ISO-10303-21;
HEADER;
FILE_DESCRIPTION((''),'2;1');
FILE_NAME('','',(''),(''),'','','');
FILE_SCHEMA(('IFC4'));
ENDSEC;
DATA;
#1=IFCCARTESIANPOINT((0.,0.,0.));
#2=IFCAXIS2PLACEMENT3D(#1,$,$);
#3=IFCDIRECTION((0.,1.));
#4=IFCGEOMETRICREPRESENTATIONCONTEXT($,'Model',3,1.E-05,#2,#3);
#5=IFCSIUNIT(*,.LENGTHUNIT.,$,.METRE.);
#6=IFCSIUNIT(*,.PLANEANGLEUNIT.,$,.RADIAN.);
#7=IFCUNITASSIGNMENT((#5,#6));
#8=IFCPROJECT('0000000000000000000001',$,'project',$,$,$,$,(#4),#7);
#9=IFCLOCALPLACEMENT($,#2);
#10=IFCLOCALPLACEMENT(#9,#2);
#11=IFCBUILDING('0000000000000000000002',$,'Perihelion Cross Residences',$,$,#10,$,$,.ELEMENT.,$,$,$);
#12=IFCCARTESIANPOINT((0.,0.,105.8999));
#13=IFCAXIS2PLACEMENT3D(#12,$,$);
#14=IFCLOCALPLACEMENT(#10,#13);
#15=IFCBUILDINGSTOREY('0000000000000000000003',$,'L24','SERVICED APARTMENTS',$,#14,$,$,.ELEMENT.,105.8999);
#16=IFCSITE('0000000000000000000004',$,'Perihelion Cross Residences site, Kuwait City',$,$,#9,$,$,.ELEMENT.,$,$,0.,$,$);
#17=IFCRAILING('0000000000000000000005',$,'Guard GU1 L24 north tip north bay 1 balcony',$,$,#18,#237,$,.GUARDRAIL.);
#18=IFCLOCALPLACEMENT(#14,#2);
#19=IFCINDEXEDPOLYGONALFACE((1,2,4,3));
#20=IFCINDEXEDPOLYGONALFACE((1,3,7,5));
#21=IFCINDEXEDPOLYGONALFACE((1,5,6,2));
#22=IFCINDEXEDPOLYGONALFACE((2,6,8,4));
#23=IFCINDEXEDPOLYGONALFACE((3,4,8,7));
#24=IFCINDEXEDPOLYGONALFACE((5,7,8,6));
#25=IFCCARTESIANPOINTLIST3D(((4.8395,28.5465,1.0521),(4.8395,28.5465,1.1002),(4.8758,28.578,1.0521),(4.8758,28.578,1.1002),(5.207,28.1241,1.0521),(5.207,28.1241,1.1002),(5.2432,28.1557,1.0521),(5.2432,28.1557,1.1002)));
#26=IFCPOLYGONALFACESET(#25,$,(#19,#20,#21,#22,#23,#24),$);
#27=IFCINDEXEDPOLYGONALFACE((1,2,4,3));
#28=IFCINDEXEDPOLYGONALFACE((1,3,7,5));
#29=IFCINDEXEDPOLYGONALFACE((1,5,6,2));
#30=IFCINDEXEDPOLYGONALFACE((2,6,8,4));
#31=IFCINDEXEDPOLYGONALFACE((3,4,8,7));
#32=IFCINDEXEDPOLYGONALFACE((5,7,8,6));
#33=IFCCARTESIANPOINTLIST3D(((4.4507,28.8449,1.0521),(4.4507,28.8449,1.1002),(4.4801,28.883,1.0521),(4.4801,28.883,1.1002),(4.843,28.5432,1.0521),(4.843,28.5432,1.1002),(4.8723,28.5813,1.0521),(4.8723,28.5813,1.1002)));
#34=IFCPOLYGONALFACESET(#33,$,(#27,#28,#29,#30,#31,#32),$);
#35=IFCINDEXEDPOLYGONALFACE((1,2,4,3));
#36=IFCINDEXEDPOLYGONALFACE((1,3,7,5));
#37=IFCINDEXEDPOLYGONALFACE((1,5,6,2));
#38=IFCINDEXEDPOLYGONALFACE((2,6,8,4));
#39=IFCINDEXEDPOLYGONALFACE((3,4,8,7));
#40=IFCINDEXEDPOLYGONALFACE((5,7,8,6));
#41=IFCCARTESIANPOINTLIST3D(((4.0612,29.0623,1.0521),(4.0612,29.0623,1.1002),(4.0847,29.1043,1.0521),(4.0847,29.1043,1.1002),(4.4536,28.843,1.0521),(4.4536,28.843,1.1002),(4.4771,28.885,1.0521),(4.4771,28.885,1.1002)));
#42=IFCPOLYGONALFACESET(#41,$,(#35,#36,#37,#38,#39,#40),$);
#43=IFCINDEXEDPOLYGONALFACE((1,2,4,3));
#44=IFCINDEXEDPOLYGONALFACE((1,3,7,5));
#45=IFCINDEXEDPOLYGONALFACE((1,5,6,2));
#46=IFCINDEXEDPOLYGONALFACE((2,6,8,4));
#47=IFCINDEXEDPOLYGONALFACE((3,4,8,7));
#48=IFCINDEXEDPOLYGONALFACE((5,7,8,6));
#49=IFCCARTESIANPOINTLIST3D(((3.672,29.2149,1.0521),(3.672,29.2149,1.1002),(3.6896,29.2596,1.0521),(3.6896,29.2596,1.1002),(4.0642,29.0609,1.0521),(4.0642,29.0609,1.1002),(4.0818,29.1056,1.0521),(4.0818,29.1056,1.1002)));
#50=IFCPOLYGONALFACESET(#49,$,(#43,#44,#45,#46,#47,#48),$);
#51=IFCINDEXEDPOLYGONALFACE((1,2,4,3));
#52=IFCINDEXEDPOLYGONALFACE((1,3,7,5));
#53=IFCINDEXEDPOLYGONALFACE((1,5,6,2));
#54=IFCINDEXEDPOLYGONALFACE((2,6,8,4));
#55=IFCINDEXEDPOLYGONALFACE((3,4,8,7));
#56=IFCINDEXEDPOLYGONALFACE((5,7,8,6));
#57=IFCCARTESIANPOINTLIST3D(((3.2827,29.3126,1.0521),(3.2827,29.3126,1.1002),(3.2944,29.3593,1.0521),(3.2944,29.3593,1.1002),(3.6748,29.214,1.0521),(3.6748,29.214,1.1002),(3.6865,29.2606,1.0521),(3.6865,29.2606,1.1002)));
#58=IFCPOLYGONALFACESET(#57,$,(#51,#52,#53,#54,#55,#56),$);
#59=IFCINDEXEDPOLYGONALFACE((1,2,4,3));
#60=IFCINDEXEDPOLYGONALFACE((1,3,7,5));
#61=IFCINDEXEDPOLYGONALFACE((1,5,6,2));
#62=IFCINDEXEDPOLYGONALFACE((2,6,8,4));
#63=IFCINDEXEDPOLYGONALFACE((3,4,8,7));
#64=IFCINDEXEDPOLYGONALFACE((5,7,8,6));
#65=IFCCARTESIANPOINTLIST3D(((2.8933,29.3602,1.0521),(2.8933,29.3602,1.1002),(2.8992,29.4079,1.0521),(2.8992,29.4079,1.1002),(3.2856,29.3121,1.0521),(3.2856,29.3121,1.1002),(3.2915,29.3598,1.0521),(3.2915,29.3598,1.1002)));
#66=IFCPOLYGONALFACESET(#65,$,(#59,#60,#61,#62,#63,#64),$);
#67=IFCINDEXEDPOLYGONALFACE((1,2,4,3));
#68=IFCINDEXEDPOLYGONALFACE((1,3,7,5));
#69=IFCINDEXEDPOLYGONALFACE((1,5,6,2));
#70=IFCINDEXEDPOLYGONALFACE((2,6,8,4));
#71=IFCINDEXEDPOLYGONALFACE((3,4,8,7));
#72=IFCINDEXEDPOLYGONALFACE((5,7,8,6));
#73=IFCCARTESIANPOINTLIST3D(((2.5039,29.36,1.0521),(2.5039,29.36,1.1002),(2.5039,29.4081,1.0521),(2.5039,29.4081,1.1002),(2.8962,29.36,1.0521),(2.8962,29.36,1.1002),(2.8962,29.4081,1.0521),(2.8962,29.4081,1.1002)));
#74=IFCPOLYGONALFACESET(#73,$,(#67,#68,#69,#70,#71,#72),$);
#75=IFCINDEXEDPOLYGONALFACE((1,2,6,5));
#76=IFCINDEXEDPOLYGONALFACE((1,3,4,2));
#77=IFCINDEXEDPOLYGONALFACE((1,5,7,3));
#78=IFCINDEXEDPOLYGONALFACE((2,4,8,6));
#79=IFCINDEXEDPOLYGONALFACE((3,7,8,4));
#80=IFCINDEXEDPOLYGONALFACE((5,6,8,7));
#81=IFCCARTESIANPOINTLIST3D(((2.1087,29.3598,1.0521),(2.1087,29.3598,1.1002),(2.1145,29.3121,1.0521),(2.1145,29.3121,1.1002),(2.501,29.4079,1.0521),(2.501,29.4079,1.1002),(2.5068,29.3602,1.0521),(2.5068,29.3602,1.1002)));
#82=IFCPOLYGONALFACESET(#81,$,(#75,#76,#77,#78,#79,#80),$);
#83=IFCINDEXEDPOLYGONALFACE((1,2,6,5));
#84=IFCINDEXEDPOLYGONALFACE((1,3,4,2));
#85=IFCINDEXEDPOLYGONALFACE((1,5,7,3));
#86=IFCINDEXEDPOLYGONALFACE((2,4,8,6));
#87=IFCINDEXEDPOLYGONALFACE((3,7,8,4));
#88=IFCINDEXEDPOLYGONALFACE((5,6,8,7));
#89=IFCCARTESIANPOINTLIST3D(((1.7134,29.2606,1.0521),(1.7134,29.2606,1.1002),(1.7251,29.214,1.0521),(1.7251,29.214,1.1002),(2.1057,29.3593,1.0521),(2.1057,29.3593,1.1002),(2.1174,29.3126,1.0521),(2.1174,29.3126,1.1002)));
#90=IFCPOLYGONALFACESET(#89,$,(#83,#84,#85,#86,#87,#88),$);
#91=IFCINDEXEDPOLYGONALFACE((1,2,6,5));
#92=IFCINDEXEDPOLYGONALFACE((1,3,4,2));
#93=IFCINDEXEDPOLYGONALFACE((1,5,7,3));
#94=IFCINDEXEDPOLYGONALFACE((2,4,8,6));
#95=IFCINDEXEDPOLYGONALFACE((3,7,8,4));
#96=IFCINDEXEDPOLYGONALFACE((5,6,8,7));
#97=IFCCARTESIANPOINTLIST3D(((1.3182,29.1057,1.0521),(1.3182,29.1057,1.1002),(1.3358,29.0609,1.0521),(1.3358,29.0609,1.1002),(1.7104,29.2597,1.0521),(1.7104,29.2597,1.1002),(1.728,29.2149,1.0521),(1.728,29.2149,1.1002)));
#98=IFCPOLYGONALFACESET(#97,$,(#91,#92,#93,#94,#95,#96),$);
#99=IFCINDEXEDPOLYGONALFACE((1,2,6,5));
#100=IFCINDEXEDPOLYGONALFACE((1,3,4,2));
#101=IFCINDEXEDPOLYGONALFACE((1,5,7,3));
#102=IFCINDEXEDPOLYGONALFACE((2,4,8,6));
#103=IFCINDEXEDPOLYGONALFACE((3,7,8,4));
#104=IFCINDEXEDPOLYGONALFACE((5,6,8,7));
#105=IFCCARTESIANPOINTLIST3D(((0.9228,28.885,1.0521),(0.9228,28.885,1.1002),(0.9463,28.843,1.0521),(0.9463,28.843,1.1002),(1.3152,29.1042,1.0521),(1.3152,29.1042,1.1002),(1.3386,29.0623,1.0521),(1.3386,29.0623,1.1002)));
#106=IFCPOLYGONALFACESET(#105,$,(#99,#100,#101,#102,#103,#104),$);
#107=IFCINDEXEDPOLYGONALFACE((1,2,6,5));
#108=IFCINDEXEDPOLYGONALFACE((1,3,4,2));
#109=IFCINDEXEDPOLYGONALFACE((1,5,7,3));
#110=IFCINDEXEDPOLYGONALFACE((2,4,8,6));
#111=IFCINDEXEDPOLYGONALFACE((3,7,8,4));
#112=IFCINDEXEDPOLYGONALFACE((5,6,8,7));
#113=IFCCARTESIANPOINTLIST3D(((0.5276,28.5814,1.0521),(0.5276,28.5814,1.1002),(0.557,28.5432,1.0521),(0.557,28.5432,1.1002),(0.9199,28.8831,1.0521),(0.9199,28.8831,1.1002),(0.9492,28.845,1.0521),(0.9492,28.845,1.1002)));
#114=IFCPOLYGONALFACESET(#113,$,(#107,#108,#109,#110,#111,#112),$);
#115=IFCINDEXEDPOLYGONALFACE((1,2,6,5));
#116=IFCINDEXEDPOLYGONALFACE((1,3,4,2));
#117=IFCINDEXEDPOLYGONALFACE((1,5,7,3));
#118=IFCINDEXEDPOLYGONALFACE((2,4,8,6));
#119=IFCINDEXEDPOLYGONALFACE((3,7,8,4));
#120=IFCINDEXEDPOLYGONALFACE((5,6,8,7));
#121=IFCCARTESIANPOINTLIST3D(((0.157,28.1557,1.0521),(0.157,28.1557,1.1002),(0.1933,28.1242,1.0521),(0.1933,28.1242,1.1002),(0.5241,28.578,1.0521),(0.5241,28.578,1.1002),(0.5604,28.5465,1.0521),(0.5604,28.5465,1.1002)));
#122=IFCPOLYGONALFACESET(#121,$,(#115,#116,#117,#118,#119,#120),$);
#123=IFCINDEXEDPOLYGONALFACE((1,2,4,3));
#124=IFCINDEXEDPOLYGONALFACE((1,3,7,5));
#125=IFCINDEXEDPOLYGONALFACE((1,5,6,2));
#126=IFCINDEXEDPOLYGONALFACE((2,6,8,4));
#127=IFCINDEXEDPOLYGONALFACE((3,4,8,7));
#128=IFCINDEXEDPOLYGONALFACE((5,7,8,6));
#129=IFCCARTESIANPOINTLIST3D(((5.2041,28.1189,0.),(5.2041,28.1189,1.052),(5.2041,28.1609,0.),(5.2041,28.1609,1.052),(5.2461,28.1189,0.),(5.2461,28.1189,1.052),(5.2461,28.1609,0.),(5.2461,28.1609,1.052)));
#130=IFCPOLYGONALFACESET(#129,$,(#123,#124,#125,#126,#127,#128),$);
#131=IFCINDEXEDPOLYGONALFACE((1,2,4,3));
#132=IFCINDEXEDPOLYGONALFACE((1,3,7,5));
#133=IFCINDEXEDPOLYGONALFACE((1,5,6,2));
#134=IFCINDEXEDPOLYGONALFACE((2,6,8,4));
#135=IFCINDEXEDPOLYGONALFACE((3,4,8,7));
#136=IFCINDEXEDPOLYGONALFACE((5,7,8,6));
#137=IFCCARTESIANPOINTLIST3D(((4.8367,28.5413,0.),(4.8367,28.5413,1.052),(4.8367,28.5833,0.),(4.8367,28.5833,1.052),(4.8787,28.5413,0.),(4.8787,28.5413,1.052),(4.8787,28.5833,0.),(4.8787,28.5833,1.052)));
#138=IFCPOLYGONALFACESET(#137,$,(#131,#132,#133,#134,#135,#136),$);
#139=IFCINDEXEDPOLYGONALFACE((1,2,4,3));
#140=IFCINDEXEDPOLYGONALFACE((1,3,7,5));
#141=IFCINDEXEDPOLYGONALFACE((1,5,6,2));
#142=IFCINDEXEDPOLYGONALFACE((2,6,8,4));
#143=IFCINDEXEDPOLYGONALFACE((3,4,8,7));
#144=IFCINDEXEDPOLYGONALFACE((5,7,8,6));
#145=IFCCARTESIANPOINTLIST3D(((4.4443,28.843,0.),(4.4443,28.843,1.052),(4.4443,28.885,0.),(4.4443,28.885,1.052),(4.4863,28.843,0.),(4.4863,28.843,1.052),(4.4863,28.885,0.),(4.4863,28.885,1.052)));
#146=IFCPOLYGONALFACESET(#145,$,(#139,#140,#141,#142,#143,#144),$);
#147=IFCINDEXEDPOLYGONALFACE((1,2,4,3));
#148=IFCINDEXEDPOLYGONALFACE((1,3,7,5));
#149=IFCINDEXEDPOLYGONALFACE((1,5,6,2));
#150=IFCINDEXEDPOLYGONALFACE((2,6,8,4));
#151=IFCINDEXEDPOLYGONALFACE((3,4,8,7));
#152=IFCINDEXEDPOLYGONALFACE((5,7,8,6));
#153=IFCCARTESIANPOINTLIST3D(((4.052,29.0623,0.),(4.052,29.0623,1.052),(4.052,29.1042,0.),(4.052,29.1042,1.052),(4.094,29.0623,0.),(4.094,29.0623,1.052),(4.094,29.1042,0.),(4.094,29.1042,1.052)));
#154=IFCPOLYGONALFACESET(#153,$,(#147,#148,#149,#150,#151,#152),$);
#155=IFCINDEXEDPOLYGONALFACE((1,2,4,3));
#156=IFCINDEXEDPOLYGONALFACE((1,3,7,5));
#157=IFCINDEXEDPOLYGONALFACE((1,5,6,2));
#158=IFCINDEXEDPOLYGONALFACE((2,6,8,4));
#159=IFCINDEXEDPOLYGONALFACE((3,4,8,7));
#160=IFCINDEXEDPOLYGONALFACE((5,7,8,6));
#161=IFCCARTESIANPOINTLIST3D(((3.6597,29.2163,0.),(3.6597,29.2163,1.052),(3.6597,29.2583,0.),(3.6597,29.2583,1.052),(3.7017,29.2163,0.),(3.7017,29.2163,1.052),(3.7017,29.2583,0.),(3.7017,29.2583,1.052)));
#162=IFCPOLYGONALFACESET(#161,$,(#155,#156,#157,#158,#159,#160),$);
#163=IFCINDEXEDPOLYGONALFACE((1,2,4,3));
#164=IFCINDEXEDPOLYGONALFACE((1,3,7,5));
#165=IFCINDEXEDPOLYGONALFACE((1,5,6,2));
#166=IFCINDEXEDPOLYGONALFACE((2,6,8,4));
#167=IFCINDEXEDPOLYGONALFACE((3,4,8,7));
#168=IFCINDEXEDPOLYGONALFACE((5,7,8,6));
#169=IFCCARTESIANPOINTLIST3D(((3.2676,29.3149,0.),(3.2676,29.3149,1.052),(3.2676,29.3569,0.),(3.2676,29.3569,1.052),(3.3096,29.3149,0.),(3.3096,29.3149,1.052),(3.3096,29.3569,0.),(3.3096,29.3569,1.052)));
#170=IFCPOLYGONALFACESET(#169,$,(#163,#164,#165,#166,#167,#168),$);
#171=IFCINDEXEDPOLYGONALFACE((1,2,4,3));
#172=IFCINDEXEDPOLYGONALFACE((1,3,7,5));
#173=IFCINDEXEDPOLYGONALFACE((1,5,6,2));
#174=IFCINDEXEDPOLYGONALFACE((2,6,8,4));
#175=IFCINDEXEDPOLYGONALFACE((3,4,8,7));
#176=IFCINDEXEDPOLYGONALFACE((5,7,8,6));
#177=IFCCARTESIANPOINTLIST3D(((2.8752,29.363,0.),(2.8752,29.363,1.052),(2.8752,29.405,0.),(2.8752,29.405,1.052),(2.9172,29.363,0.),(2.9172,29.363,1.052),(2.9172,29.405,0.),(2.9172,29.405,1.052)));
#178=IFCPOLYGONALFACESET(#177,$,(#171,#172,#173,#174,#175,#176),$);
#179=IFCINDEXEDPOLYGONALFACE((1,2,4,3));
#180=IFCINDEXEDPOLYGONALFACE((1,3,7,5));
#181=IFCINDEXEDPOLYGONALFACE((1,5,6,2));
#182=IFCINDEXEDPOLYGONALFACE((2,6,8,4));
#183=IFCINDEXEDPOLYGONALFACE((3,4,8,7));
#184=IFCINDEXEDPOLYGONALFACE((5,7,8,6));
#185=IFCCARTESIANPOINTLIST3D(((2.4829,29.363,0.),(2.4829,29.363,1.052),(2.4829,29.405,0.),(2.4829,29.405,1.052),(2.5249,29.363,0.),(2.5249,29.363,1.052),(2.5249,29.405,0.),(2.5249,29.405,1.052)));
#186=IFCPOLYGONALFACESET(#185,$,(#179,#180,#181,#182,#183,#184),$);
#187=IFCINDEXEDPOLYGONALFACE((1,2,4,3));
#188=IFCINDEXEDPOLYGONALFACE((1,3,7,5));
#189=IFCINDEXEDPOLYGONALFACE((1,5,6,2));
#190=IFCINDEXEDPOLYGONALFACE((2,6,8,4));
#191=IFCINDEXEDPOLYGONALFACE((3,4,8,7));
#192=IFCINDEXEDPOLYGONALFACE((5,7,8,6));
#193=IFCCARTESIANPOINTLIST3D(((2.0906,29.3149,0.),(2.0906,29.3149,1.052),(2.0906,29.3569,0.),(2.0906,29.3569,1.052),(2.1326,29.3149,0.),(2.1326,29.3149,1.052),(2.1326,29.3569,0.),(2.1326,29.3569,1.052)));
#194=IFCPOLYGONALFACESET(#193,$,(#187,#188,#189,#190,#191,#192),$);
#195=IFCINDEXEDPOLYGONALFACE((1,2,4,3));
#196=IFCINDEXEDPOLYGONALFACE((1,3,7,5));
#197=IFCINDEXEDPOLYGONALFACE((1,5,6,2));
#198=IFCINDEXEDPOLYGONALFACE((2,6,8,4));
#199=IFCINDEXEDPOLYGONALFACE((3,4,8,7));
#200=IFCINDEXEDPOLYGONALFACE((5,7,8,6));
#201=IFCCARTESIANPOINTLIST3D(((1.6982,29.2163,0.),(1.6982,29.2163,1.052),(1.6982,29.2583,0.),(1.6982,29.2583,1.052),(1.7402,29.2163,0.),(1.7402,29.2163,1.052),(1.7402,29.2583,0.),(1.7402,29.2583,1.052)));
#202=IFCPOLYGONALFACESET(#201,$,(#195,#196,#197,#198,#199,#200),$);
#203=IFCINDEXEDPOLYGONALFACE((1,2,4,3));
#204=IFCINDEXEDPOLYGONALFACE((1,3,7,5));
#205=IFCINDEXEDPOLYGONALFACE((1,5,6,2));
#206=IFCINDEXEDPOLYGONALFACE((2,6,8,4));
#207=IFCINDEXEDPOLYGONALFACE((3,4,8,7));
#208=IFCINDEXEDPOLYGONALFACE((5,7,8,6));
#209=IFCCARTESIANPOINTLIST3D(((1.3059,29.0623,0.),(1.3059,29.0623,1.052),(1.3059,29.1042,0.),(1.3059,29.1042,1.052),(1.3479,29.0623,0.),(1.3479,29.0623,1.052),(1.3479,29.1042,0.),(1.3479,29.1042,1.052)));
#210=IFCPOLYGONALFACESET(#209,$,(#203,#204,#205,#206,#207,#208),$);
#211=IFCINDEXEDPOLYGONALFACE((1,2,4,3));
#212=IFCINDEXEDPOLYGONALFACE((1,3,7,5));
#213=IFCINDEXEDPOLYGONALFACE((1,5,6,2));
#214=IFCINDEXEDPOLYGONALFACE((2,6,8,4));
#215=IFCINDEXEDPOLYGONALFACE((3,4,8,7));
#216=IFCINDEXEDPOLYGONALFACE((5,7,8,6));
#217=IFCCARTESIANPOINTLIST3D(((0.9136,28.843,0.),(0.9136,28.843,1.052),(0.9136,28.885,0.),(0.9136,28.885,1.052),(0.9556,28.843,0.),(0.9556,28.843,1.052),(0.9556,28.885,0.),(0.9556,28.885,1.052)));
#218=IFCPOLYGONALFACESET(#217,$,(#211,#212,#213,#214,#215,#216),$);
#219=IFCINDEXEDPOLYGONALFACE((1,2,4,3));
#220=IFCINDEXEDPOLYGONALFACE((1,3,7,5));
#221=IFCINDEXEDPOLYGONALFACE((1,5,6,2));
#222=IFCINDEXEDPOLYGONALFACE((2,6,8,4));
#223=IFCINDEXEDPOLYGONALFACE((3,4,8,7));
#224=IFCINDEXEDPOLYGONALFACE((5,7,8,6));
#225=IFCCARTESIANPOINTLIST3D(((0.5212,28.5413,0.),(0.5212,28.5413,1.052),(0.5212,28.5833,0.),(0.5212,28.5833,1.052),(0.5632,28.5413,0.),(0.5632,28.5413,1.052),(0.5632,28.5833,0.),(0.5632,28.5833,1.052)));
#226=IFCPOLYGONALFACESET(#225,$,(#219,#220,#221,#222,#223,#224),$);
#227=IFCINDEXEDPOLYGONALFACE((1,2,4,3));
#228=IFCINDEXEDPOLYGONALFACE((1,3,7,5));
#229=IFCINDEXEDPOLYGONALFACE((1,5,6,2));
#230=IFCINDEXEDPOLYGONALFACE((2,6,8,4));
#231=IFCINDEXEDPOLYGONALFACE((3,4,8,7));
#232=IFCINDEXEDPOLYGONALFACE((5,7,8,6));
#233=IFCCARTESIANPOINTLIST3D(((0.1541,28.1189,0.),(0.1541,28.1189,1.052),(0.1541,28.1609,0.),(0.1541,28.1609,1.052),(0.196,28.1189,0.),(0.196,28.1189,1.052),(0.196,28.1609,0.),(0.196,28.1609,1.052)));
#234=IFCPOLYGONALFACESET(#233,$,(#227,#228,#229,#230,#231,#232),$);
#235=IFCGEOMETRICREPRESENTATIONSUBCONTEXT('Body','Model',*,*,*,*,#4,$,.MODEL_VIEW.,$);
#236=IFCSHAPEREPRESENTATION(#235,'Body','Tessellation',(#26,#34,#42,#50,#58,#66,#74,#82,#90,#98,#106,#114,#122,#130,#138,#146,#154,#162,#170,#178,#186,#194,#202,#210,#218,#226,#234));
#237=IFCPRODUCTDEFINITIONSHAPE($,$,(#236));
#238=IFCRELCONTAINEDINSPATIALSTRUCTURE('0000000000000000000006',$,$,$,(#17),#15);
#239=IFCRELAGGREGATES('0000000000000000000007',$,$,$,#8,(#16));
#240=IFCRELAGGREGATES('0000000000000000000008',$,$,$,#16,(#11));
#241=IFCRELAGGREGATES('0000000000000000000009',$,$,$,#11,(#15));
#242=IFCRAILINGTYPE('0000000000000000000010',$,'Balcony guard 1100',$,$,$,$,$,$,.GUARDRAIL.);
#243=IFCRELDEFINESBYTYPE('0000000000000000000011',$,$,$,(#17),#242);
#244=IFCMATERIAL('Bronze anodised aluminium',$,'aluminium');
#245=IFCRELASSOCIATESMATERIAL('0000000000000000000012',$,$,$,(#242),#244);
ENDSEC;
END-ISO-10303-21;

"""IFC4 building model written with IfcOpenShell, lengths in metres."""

from ifc_helpers import new_model, si_unit, direction, frame, origin, origin_2d, place, context, subcontext, project, spatial, rectangle, extrude, material, type_object, element, save


model = new_model("IFC4")

# Units and contexts
model_context = context("Model", 3, precision=1e-05, world=origin(), true_north=direction((0.0, 1.0)))
body_context = subcontext(model_context, "Body", "Model", "MODEL_VIEW")
ifc_project = project(units=[si_unit("LENGTHUNIT", "METRE"), si_unit("PLANEANGLEUNIT", "RADIAN")], contexts=[model_context])

# Site, building, storey
site_placement = place(None, origin())
site = spatial("IfcSite", under=ifc_project, at=site_placement, Name="Perihelion Cross Residences site, Kuwait City", CompositionType="ELEMENT", RefElevation=0.0)
building_placement = place(site_placement, origin())
building = spatial("IfcBuilding", under=site, at=building_placement, Name="Perihelion Cross Residences", CompositionType="ELEMENT")
storey_placement = place(building_placement, frame((0.0, 0.0, 105.8999)))
storey = spatial("IfcBuildingStorey", under=building, at=storey_placement, Name="L24", Description="SERVICED APARTMENTS", CompositionType="ELEMENT", Elevation=105.8999)

# Railing
ifc_material_1 = material(Name="Bronze anodised aluminium", Category="aluminium")
railing_type = type_object("IfcRailingType", Name="Balcony guard 1100", PredefinedType="GUARDRAIL", material=ifc_material_1)
railing_placement = place(storey_placement, frame((5.2251, 28.1399, 0.0)))
element("IfcRailing", 1, at=railing_placement, inside=storey, type_object=railing_type, Name="Guard GU1 L24 north tip north bay 1 balcony", PredefinedType="GUARDRAIL", context=body_context, shape_type="SweptSolid", body=[
    extrude(rectangle(XDim=0.0481, YDim=0.0481, at=origin_2d()), frame((0.0, 0.0, 1.0762), z_axis=(-0.656341, 0.754465, 0.0), x_axis=(-0.754465, -0.656341, 0.0)), (0.0, 0.0, 1.0), 0.5598),
    extrude(rectangle(XDim=0.0481, YDim=0.0481, at=origin_2d()), frame((-0.3674, 0.4224, 1.0762), z_axis=(-0.792661, 0.609663, 0.0), x_axis=(-0.609663, -0.792661, 0.0)), (0.0, 0.0, 1.0), 0.4949),
    extrude(rectangle(XDim=0.0481, YDim=0.0481, at=origin_2d()), frame((-0.7598, 0.7241, 1.0762), z_axis=(-0.87295, 0.487809, 0.0), x_axis=(-0.487809, -0.87295, 0.0)), (0.0, 0.0, 1.0), 0.4495),
    extrude(rectangle(XDim=0.0481, YDim=0.0481, at=origin_2d()), frame((-1.1521, 0.9434, 1.0762), z_axis=(-0.930815, 0.365491, 0.0), x_axis=(-0.365491, -0.930815, 0.0)), (0.0, 0.0, 1.0), 0.4214),
    extrude(rectangle(XDim=0.0481, YDim=0.0481, at=origin_2d()), frame((-1.5444, 1.0974, 1.0762), z_axis=(-0.969786, 0.243956, 0.0), x_axis=(-0.243956, -0.969786, 0.0)), (0.0, 0.0, 1.0), 0.4043),
    extrude(rectangle(XDim=0.0481, YDim=0.0481, at=origin_2d()), frame((-1.9365, 1.196, 1.0762), z_axis=(-0.99257, 0.121678, 0.0), x_axis=(-0.121678, -0.99257, 0.0)), (0.0, 0.0, 1.0), 0.3953),
    extrude(rectangle(XDim=0.0481, YDim=0.0481, at=origin_2d()), frame((-2.3289, 1.2441, 1.0762), z_axis=(-1.0, 0.0, 0.0), x_axis=(0.0, -1.0, 0.0)), (0.0, 0.0, 1.0), 0.3923),
    extrude(rectangle(XDim=0.0481, YDim=0.0481, at=origin_2d()), frame((-2.7212, 1.2441, 1.0762), z_axis=(-0.99257, -0.121678, 0.0), x_axis=(0.121678, -0.99257, 0.0)), (0.0, 0.0, 1.0), 0.3953),
    extrude(rectangle(XDim=0.0481, YDim=0.0481, at=origin_2d()), frame((-3.1135, 1.196, 1.0762), z_axis=(-0.969822, -0.243813, 0.0), x_axis=(0.243813, -0.969822, 0.0)), (0.0, 0.0, 1.0), 0.4045),
    extrude(rectangle(XDim=0.0481, YDim=0.0481, at=origin_2d()), frame((-3.5059, 1.0974, 1.0762), z_axis=(-0.930815, -0.365491, 0.0), x_axis=(0.365491, -0.930815, 0.0)), (0.0, 0.0, 1.0), 0.4214),
    extrude(rectangle(XDim=0.0481, YDim=0.0481, at=origin_2d()), frame((-3.8982, 0.9434, 1.0762), z_axis=(-0.87295, -0.487809, 0.0), x_axis=(0.487809, -0.87295, 0.0)), (0.0, 0.0, 1.0), 0.4495),
    extrude(rectangle(XDim=0.0481, YDim=0.0481, at=origin_2d()), frame((-4.2905, 0.7241, 1.0762), z_axis=(-0.792661, -0.609663, 0.0), x_axis=(0.609663, -0.792661, 0.0)), (0.0, 0.0, 1.0), 0.4949),
    extrude(rectangle(XDim=0.0481, YDim=0.0481, at=origin_2d()), frame((-4.6829, 0.4224, 1.0762), z_axis=(-0.656092, -0.754681, 0.0), x_axis=(0.754681, -0.656092, 0.0)), (0.0, 0.0, 1.0), 0.5596),
    extrude(rectangle(XDim=0.042, YDim=0.042, at=origin_2d()), origin(), (0.0, 0.0, 1.0), 1.052),
    extrude(rectangle(XDim=0.042, YDim=0.042, at=origin_2d()), frame((-0.3674, 0.4224, 0.0)), (0.0, 0.0, 1.0), 1.052),
    extrude(rectangle(XDim=0.042, YDim=0.042, at=origin_2d()), frame((-0.7598, 0.7241, 0.0)), (0.0, 0.0, 1.0), 1.052),
    extrude(rectangle(XDim=0.042, YDim=0.042, at=origin_2d()), frame((-1.1521, 0.9434, 0.0)), (0.0, 0.0, 1.0), 1.052),
    extrude(rectangle(XDim=0.042, YDim=0.042, at=origin_2d()), frame((-1.5444, 1.0974, 0.0)), (0.0, 0.0, 1.0), 1.052),
    extrude(rectangle(XDim=0.042, YDim=0.042, at=origin_2d()), frame((-1.9365, 1.196, 0.0)), (0.0, 0.0, 1.0), 1.052),
    extrude(rectangle(XDim=0.042, YDim=0.042, at=origin_2d()), frame((-2.3289, 1.2441, 0.0)), (0.0, 0.0, 1.0), 1.052),
    extrude(rectangle(XDim=0.042, YDim=0.042, at=origin_2d()), frame((-2.7212, 1.2441, 0.0)), (0.0, 0.0, 1.0), 1.052),
    extrude(rectangle(XDim=0.042, YDim=0.042, at=origin_2d()), frame((-3.1135, 1.196, 0.0)), (0.0, 0.0, 1.0), 1.052),
    extrude(rectangle(XDim=0.042, YDim=0.042, at=origin_2d()), frame((-3.5059, 1.0974, 0.0)), (0.0, 0.0, 1.0), 1.052),
    extrude(rectangle(XDim=0.042, YDim=0.042, at=origin_2d()), frame((-3.8982, 0.9434, 0.0)), (0.0, 0.0, 1.0), 1.052),
    extrude(rectangle(XDim=0.042, YDim=0.042, at=origin_2d()), frame((-4.2905, 0.7241, 0.0)), (0.0, 0.0, 1.0), 1.052),
    extrude(rectangle(XDim=0.042, YDim=0.042, at=origin_2d()), frame((-4.6829, 0.4224, 0.0)), (0.0, 0.0, 1.0), 1.052),
    extrude(rectangle(XDim=0.042, YDim=0.042, at=origin_2d()), frame((-5.05, 0.0, 0.0)), (0.0, 0.0, 1.0), 1.052),
])

save(model, "model.ifc")
